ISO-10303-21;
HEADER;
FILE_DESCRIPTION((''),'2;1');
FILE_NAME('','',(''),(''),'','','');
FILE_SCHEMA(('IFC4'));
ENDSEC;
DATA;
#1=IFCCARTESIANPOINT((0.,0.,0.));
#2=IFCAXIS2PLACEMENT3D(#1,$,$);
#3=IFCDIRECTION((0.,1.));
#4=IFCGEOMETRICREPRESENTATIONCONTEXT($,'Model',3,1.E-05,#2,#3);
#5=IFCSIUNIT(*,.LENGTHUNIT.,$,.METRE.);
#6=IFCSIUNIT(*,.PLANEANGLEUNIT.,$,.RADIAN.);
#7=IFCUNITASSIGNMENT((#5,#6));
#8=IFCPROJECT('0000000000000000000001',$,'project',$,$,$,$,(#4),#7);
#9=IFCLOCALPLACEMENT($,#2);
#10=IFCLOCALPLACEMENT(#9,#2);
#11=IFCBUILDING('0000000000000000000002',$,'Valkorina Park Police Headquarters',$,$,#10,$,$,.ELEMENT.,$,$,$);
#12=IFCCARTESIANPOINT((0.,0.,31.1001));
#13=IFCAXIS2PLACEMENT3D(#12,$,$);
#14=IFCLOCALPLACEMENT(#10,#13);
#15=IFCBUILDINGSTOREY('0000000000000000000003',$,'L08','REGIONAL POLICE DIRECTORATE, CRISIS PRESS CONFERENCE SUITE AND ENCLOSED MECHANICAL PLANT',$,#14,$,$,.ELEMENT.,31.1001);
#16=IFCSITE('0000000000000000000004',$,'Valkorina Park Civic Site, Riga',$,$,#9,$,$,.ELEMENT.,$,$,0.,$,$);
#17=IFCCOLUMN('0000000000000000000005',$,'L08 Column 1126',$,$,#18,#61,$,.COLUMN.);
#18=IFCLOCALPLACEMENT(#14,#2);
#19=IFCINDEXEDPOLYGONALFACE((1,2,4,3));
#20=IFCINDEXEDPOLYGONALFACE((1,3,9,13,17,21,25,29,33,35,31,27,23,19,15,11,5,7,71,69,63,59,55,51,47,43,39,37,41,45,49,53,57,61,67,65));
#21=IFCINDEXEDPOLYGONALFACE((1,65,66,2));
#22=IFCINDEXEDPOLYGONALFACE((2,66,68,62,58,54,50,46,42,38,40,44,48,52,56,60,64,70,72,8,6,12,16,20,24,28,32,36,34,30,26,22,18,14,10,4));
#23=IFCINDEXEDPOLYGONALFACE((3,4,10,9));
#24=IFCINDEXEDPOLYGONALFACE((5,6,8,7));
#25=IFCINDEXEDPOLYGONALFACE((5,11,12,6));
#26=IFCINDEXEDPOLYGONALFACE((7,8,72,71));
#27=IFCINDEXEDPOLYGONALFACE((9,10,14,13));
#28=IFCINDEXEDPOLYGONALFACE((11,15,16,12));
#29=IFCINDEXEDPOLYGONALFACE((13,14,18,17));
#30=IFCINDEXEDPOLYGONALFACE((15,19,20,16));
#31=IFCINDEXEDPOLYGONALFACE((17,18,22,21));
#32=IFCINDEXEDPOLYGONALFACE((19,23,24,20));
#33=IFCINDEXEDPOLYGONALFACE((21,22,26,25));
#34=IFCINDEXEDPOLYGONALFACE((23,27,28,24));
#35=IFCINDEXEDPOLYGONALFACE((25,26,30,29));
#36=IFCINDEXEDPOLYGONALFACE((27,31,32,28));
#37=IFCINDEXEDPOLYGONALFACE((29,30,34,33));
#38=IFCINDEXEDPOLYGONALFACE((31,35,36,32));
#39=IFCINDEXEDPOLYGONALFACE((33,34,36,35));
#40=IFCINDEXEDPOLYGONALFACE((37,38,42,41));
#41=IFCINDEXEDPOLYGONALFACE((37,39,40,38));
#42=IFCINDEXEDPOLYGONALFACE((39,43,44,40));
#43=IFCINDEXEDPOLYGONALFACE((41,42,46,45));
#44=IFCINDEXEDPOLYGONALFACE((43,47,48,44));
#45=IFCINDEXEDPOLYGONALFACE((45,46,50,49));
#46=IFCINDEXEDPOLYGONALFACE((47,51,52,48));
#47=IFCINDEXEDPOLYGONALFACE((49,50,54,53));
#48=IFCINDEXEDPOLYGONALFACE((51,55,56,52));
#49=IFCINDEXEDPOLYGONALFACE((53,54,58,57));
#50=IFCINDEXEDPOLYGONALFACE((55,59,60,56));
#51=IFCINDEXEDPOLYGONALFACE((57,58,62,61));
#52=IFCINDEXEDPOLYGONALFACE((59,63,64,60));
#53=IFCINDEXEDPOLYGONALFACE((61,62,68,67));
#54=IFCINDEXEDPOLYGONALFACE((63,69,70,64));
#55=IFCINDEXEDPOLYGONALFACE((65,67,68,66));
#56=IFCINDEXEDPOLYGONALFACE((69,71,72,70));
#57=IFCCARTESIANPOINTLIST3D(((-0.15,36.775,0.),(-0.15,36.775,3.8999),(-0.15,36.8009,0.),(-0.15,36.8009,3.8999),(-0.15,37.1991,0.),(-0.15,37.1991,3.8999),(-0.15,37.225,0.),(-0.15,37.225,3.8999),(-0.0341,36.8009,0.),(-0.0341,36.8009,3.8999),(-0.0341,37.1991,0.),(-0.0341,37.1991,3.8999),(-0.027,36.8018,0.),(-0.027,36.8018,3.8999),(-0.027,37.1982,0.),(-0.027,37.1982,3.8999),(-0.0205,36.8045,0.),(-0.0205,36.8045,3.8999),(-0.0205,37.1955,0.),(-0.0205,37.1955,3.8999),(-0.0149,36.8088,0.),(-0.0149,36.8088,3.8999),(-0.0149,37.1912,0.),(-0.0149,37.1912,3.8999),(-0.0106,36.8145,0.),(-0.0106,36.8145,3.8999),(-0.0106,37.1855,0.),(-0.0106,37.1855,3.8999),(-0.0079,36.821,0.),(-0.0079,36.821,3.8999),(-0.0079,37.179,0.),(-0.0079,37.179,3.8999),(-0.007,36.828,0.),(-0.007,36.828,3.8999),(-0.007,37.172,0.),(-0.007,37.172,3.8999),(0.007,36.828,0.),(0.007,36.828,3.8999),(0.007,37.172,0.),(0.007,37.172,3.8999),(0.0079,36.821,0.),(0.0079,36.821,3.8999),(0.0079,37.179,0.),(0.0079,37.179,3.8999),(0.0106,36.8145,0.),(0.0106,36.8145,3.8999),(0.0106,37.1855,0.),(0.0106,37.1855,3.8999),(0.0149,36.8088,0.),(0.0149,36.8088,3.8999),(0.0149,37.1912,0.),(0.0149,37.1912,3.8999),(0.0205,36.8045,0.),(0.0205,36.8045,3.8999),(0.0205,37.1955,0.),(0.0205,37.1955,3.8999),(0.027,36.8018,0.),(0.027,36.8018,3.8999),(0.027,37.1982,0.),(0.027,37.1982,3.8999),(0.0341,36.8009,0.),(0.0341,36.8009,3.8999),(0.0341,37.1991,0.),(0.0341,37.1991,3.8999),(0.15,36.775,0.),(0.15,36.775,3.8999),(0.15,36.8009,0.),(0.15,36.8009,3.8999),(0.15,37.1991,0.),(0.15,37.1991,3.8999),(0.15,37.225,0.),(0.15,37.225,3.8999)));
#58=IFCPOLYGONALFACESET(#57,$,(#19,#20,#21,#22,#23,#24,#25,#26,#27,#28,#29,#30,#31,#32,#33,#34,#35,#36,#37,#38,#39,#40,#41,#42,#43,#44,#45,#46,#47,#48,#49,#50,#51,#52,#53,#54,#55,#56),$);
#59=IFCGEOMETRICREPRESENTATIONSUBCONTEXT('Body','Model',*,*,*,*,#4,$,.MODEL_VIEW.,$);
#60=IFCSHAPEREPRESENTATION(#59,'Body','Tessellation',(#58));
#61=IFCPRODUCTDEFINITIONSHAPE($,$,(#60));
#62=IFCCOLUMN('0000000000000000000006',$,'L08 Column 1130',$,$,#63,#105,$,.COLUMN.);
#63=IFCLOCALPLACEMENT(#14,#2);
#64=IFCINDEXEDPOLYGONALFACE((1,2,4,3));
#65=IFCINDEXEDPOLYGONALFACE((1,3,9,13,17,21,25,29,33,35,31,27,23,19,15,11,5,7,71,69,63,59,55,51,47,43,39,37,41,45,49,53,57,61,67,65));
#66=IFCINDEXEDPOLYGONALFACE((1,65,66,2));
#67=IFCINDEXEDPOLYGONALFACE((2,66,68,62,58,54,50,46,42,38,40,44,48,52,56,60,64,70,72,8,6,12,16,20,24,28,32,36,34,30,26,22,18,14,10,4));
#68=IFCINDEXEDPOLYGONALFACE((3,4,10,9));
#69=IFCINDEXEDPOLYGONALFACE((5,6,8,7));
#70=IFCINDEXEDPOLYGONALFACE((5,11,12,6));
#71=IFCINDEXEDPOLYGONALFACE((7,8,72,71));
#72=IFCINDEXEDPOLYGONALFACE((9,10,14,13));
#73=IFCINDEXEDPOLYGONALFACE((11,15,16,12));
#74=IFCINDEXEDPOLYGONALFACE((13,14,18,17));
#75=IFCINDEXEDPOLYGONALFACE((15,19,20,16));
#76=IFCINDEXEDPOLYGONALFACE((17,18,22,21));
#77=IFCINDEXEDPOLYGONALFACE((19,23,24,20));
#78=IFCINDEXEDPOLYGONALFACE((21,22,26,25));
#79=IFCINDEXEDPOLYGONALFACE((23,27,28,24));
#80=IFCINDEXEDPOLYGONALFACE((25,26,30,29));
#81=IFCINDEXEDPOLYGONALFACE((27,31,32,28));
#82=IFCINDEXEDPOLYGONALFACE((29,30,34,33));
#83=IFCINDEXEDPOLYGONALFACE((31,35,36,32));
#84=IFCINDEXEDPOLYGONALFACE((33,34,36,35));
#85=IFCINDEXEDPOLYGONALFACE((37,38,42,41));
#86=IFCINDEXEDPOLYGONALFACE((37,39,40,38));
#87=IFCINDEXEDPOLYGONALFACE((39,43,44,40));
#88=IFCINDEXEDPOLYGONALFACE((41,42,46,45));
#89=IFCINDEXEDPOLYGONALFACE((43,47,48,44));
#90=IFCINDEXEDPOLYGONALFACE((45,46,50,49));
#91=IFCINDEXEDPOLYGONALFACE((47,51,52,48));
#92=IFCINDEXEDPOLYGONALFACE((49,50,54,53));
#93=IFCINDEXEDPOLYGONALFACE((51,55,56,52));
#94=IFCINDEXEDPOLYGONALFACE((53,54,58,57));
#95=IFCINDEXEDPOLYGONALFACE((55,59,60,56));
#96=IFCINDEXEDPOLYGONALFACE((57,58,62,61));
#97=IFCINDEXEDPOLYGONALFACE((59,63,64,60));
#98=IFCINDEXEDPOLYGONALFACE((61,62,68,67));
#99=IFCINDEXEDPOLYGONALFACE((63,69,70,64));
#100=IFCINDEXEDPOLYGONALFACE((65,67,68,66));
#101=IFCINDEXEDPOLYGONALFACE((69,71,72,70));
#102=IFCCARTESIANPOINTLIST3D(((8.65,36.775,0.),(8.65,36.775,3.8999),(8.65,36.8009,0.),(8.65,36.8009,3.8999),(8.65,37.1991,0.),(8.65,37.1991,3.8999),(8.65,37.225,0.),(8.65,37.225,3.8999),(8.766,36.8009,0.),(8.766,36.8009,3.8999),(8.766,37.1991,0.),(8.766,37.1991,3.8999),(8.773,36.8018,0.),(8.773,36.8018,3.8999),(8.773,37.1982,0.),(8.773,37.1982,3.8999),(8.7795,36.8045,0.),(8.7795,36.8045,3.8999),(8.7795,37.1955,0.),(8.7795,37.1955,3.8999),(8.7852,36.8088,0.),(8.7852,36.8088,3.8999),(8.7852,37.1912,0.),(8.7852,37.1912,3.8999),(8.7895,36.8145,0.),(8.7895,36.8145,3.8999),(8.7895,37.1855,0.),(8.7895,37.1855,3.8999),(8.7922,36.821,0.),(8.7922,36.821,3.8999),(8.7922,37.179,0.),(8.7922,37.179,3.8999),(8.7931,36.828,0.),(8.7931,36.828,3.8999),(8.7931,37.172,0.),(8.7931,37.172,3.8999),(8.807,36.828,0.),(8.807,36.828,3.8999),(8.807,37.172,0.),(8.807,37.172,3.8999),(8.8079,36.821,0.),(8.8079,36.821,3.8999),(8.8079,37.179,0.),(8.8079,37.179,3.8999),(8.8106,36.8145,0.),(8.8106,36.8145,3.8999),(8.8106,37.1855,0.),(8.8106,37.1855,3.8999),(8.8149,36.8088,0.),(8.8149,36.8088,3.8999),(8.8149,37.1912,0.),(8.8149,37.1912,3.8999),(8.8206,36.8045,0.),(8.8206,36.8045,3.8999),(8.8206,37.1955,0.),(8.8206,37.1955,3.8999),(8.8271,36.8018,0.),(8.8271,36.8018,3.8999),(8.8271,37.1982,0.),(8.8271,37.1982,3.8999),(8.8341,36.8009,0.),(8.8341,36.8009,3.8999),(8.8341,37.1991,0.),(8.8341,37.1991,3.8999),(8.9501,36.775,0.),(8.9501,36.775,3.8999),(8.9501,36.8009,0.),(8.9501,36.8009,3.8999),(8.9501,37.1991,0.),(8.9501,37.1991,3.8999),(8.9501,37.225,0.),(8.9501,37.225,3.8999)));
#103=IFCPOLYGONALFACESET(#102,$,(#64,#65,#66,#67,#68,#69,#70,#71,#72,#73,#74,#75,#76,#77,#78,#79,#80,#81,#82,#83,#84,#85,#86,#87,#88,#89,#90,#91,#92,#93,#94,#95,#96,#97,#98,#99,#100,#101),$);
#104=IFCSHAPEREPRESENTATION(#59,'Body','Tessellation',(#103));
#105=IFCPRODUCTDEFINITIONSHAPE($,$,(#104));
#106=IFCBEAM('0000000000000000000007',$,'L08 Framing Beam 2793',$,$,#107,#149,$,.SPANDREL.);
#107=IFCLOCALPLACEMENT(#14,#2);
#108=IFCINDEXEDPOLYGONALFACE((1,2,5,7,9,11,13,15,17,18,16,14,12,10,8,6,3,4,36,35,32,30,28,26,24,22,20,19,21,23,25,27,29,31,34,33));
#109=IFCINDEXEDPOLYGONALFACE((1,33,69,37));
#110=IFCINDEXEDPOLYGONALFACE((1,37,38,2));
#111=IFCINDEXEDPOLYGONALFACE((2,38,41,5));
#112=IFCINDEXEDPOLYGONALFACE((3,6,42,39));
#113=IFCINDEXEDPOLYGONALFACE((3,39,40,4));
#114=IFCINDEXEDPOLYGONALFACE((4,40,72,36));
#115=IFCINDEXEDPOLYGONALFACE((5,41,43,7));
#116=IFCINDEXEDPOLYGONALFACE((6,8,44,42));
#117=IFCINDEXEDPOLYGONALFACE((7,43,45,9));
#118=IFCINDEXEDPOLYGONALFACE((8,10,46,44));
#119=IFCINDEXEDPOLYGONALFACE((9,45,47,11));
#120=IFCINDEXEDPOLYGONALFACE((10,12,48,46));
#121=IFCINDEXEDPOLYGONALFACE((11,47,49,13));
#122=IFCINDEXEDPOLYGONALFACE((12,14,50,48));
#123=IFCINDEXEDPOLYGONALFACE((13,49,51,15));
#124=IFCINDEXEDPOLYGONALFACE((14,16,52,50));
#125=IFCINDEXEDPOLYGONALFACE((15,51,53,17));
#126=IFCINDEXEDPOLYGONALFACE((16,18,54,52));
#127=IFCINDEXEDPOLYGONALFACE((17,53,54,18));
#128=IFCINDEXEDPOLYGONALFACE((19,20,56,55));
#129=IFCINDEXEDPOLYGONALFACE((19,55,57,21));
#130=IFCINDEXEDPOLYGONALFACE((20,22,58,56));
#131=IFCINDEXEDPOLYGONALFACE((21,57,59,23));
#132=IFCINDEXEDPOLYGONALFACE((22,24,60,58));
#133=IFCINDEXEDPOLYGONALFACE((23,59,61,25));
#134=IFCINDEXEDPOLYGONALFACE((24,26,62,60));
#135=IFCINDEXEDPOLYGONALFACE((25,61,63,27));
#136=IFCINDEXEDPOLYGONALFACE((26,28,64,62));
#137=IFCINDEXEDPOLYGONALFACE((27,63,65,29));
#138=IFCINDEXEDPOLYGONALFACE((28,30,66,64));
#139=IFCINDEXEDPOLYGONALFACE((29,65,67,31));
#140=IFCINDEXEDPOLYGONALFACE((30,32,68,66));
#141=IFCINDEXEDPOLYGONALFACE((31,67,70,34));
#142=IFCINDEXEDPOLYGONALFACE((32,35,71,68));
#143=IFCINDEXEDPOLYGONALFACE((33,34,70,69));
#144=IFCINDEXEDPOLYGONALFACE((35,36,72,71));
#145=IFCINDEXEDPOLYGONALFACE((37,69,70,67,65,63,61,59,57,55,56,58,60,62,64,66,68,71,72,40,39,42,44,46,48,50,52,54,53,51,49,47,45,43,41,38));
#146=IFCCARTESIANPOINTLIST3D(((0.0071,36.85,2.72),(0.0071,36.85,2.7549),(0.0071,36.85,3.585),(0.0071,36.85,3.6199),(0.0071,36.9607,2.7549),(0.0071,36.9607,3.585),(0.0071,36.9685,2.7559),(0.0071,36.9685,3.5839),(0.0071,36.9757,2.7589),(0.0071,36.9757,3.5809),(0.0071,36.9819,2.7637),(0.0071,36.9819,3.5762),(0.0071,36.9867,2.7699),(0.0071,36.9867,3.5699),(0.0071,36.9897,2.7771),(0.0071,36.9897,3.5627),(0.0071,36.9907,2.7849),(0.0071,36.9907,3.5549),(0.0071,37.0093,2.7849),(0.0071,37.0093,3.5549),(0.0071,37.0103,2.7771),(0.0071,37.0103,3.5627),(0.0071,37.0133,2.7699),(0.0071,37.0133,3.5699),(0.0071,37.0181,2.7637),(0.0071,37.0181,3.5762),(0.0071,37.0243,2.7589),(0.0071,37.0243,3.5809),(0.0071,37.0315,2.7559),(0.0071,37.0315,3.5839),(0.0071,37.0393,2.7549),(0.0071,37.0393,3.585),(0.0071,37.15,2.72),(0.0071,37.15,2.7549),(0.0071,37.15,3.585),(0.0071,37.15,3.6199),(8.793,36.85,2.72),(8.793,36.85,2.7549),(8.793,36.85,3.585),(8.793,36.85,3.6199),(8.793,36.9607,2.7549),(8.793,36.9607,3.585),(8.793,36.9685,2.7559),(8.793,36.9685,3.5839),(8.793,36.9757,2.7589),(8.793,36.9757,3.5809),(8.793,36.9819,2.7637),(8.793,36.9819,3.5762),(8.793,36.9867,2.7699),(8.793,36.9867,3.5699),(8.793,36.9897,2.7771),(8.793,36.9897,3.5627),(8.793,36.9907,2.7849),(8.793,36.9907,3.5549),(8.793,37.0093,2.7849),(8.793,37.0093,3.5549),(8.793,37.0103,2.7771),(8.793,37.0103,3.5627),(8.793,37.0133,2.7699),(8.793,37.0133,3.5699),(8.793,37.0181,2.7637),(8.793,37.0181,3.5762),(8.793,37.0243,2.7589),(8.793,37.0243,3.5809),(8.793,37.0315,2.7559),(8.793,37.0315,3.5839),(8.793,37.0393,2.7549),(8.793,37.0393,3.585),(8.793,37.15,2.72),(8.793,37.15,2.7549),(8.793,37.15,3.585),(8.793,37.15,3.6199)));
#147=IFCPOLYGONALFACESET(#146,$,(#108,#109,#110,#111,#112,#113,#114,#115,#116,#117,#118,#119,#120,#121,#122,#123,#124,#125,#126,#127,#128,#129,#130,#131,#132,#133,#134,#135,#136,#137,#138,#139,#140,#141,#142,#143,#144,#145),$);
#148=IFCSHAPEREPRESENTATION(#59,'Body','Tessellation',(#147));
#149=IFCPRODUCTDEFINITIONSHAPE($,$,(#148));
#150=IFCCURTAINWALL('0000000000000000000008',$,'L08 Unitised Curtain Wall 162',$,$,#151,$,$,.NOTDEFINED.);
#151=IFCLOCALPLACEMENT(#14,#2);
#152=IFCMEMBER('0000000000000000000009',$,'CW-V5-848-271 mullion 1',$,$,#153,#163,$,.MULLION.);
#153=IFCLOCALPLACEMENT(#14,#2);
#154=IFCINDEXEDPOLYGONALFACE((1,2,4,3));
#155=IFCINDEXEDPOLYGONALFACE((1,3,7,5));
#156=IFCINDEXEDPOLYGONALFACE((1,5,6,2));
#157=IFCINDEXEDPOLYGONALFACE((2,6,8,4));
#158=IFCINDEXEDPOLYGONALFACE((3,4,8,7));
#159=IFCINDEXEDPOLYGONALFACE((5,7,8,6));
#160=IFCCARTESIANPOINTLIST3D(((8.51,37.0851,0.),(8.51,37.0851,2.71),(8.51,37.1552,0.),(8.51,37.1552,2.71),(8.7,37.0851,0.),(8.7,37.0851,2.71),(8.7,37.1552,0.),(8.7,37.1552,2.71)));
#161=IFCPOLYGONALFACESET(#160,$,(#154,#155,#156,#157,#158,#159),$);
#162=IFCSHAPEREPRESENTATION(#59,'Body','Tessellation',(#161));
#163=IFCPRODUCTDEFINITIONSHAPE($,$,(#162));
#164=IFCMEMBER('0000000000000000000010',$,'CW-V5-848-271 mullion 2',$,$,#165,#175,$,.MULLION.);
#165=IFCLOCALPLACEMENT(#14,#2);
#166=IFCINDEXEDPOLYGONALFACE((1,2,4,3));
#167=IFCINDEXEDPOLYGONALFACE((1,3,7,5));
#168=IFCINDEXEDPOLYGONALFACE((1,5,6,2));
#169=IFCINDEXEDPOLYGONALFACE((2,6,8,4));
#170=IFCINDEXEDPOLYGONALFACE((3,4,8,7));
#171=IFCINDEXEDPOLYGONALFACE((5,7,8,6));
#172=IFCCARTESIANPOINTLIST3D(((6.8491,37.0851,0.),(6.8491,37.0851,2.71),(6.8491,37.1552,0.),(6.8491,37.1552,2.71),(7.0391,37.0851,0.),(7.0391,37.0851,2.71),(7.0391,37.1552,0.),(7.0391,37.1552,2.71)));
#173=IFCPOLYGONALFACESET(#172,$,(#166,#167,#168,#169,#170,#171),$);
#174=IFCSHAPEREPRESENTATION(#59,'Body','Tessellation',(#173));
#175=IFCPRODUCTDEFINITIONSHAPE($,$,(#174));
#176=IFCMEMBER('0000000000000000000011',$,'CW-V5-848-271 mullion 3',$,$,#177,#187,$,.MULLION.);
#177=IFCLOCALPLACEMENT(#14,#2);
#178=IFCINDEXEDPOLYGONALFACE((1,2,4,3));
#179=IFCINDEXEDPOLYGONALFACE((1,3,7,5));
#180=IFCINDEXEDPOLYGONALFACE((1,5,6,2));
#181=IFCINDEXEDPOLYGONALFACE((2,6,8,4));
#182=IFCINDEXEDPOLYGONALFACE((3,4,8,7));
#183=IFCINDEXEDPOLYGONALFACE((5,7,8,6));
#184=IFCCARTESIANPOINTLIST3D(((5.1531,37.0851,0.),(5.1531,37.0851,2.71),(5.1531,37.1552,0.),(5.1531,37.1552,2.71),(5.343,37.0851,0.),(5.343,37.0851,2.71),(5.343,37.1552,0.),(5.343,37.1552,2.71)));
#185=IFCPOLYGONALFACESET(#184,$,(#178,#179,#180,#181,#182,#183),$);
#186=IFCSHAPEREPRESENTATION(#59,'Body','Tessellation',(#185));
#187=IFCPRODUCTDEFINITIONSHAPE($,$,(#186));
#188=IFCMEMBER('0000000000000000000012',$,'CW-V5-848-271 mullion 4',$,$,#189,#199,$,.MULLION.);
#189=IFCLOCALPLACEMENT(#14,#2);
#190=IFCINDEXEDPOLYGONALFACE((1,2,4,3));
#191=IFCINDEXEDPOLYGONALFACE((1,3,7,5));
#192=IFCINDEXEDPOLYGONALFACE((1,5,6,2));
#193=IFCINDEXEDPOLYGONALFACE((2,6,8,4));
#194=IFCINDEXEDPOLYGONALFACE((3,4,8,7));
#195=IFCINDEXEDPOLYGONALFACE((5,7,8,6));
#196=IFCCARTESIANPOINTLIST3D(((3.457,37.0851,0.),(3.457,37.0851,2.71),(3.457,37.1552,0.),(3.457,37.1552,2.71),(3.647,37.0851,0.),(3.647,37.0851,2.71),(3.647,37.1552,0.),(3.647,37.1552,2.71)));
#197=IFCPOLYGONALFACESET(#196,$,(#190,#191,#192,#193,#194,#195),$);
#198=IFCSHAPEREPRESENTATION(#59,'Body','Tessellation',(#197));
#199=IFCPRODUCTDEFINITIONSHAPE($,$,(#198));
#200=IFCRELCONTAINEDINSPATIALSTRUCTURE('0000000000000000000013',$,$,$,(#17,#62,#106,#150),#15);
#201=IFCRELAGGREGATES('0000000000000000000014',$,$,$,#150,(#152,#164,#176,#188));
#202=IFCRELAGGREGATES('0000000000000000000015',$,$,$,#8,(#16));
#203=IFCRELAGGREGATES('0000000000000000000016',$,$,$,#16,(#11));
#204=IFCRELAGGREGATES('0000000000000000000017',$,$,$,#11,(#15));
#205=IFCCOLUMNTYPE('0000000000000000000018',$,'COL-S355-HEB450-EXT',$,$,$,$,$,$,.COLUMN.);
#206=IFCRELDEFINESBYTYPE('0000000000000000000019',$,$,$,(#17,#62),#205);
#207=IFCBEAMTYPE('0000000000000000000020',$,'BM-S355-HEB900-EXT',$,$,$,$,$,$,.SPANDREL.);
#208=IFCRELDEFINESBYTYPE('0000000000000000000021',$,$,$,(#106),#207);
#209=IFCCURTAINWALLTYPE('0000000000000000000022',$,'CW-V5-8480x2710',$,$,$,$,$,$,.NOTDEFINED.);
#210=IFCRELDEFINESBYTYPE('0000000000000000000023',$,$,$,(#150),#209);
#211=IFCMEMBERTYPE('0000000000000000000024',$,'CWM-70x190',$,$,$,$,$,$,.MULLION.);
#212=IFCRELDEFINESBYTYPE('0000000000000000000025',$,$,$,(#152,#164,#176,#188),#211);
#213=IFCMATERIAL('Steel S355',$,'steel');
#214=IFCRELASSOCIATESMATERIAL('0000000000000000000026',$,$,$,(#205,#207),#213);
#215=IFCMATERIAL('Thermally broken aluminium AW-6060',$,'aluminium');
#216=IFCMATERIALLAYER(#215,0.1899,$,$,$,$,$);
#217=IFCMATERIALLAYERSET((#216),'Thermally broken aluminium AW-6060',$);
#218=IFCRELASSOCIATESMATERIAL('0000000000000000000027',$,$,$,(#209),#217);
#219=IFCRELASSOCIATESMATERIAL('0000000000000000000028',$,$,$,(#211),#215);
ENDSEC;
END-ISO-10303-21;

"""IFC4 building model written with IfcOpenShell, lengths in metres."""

from ifc_helpers import new_model, si_unit, direction, frame, origin, origin_2d, place, context, subcontext, project, spatial, rectangle, i_section, extrude, material, layer, layer_set, material_profile, profile_set, type_object, element, aggregate, save


model = new_model("IFC4")

# Units and contexts
model_context = context("Model", 3, precision=1e-05, world=origin(), true_north=direction((0.0, 1.0)))
body_context = subcontext(model_context, "Body", "Model", "MODEL_VIEW")
ifc_project = project(units=[si_unit("LENGTHUNIT", "METRE"), si_unit("PLANEANGLEUNIT", "RADIAN")], contexts=[model_context])

# Site, building, storey
site_placement = place(None, origin())
site = spatial("IfcSite", under=ifc_project, at=site_placement, Name="Valkorina Park Civic Site, Riga", CompositionType="ELEMENT", RefElevation=0.0)
building_placement = place(site_placement, origin())
building = spatial("IfcBuilding", under=site, at=building_placement, Name="Valkorina Park Police Headquarters", CompositionType="ELEMENT")
storey_placement = place(building_placement, frame((0.0, 0.0, 31.1001)))
storey = spatial("IfcBuildingStorey", under=building, at=storey_placement, Name="L08", Description="REGIONAL POLICE DIRECTORATE, CRISIS PRESS CONFERENCE SUITE AND ENCLOSED MECHANICAL PLANT", CompositionType="ELEMENT", Elevation=31.1001)

# Columns
ifc_material_1 = material(Name="Steel S355", Category="steel")
ifc_material_profile_1 = material_profile(ifc_material_1, i_section(OverallWidth=0.3, OverallDepth=0.45, WebThickness=0.0139, FlangeThickness=0.0259, FilletRadius=0.0271, at=origin_2d()), Name="HEB 450")
ifc_profile_set_1 = profile_set([ifc_material_profile_1], Name="Steel S355")
column_type = type_object("IfcColumnType", Name="COL-S355-HEB450-EXT", PredefinedType="COLUMN", material=ifc_profile_set_1)
for number, where, z_axis, x_axis, name in (
    (1, (0.0, 37.0, 0.0), (0.0, 0.0, 1.0), (1.0, 0.0, 0.0), "L08 Column 1126"),
    (2, (8.8, 37.0, 0.0), (0.0, 0.0, 1.0), (1.0, 0.0, 0.0), "L08 Column 1130"),
):
    element("IfcColumn", number, at=place(storey_placement, frame(where, z_axis=z_axis, x_axis=x_axis)), inside=storey, type_object=column_type, Name=name, PredefinedType="COLUMN", context=body_context, shape_type="SweptSolid", body=[
        extrude(i_section(OverallWidth=0.3, OverallDepth=0.45, WebThickness=0.0139, FlangeThickness=0.0259, FilletRadius=0.0271, at=origin_2d()), origin(), (0.0, 0.0, 1.0), 3.8999),
    ])

# Beam
ifc_material_profile_2 = material_profile(ifc_material_1, i_section(OverallWidth=0.3, OverallDepth=0.8999, WebThickness=0.0186, FlangeThickness=0.0349, FilletRadius=0.03, at=origin_2d()), Name="HEB 900")
ifc_profile_set_2 = profile_set([ifc_material_profile_2], Name="Steel S355")
beam_type = type_object("IfcBeamType", Name="BM-S355-HEB900-EXT", PredefinedType="SPANDREL", material=ifc_profile_set_2)
beam_placement = place(storey_placement, frame((0.0071, 37.0, 3.1699), z_axis=(1.0, 0.0, 0.0), x_axis=(0.0, 1.0, 0.0)))
element("IfcBeam", 3, at=beam_placement, inside=storey, type_object=beam_type, Name="L08 Framing Beam 2793", PredefinedType="SPANDREL", context=body_context, shape_type="SweptSolid", body=[
    extrude(i_section(OverallWidth=0.3, OverallDepth=0.8999, WebThickness=0.0186, FlangeThickness=0.0349, FilletRadius=0.03, at=origin_2d()), origin(), (0.0, 0.0, 1.0), 8.7859),
])

# Curtain wall, members
ifc_material_2 = material(Name="Thermally broken aluminium AW-6060", Category="aluminium")
ifc_layer_1 = layer(ifc_material_2, 0.1899)
ifc_layer_set_1 = layer_set([ifc_layer_1], Name="Thermally broken aluminium AW-6060")
curtain_wall_type = type_object("IfcCurtainWallType", Name="CW-V5-8480x2710", PredefinedType="NOTDEFINED", material=ifc_layer_set_1)
curtain_wall_placement = place(storey_placement, origin())
curtain_wall = element("IfcCurtainWall", 4, at=curtain_wall_placement, inside=storey, type_object=curtain_wall_type, Name="L08 Unitised Curtain Wall 162", PredefinedType="NOTDEFINED")
ifc_material_profile_3 = material_profile(ifc_material_2, rectangle(XDim=0.0701, YDim=0.1899, at=origin_2d()), Name="CWM-02 70x190")
ifc_profile_set_3 = profile_set([ifc_material_profile_3], Name="Thermally broken aluminium AW-6060")
member_type_1 = type_object("IfcMemberType", Name="CWM-70x190", PredefinedType="MULLION", material=ifc_profile_set_3)
member_1_placement = place(storey_placement, frame((8.605, 37.1201, 0.0), z_axis=(0.0, 0.0, 1.0), x_axis=(0.0, -1.0, 0.0)))
member_1 = element("IfcMember", 5, at=member_1_placement, type_object=member_type_1, Name="CW-V5-848-271 mullion 1", PredefinedType="MULLION", context=body_context, shape_type="SweptSolid", body=[
    extrude(rectangle(XDim=0.0701, YDim=0.1899, at=origin_2d()), origin(), (0.0, 0.0, 1.0), 2.71),
])
member_2_placement = place(storey_placement, frame((6.9441, 37.1201, 0.0), z_axis=(0.0, 0.0, 1.0), x_axis=(0.0, -1.0, 0.0)))
member_2 = element("IfcMember", 6, at=member_2_placement, type_object=member_type_1, Name="CW-V5-848-271 mullion 2", PredefinedType="MULLION", context=body_context, shape_type="SweptSolid", body=[
    extrude(rectangle(XDim=0.0701, YDim=0.1899, at=origin_2d()), origin(), (0.0, 0.0, 1.0), 2.71),
])
member_3_placement = place(storey_placement, frame((5.248, 37.1201, 0.0), z_axis=(0.0, 0.0, 1.0), x_axis=(0.0, -1.0, 0.0)))
member_3 = element("IfcMember", 7, at=member_3_placement, type_object=member_type_1, Name="CW-V5-848-271 mullion 3", PredefinedType="MULLION", context=body_context, shape_type="SweptSolid", body=[
    extrude(rectangle(XDim=0.0701, YDim=0.1899, at=origin_2d()), origin(), (0.0, 0.0, 1.0), 2.71),
])
member_4_placement = place(storey_placement, frame((3.552, 37.1201, 0.0), z_axis=(0.0, 0.0, 1.0), x_axis=(0.0, -1.0, 0.0)))
member_4 = element("IfcMember", 8, at=member_4_placement, type_object=member_type_1, Name="CW-V5-848-271 mullion 4", PredefinedType="MULLION", context=body_context, shape_type="SweptSolid", body=[
    extrude(rectangle(XDim=0.0701, YDim=0.1899, at=origin_2d()), origin(), (0.0, 0.0, 1.0), 2.71),
])
aggregate(curtain_wall, [member_1, member_2, member_3, member_4])

save(model, "model.ifc")
